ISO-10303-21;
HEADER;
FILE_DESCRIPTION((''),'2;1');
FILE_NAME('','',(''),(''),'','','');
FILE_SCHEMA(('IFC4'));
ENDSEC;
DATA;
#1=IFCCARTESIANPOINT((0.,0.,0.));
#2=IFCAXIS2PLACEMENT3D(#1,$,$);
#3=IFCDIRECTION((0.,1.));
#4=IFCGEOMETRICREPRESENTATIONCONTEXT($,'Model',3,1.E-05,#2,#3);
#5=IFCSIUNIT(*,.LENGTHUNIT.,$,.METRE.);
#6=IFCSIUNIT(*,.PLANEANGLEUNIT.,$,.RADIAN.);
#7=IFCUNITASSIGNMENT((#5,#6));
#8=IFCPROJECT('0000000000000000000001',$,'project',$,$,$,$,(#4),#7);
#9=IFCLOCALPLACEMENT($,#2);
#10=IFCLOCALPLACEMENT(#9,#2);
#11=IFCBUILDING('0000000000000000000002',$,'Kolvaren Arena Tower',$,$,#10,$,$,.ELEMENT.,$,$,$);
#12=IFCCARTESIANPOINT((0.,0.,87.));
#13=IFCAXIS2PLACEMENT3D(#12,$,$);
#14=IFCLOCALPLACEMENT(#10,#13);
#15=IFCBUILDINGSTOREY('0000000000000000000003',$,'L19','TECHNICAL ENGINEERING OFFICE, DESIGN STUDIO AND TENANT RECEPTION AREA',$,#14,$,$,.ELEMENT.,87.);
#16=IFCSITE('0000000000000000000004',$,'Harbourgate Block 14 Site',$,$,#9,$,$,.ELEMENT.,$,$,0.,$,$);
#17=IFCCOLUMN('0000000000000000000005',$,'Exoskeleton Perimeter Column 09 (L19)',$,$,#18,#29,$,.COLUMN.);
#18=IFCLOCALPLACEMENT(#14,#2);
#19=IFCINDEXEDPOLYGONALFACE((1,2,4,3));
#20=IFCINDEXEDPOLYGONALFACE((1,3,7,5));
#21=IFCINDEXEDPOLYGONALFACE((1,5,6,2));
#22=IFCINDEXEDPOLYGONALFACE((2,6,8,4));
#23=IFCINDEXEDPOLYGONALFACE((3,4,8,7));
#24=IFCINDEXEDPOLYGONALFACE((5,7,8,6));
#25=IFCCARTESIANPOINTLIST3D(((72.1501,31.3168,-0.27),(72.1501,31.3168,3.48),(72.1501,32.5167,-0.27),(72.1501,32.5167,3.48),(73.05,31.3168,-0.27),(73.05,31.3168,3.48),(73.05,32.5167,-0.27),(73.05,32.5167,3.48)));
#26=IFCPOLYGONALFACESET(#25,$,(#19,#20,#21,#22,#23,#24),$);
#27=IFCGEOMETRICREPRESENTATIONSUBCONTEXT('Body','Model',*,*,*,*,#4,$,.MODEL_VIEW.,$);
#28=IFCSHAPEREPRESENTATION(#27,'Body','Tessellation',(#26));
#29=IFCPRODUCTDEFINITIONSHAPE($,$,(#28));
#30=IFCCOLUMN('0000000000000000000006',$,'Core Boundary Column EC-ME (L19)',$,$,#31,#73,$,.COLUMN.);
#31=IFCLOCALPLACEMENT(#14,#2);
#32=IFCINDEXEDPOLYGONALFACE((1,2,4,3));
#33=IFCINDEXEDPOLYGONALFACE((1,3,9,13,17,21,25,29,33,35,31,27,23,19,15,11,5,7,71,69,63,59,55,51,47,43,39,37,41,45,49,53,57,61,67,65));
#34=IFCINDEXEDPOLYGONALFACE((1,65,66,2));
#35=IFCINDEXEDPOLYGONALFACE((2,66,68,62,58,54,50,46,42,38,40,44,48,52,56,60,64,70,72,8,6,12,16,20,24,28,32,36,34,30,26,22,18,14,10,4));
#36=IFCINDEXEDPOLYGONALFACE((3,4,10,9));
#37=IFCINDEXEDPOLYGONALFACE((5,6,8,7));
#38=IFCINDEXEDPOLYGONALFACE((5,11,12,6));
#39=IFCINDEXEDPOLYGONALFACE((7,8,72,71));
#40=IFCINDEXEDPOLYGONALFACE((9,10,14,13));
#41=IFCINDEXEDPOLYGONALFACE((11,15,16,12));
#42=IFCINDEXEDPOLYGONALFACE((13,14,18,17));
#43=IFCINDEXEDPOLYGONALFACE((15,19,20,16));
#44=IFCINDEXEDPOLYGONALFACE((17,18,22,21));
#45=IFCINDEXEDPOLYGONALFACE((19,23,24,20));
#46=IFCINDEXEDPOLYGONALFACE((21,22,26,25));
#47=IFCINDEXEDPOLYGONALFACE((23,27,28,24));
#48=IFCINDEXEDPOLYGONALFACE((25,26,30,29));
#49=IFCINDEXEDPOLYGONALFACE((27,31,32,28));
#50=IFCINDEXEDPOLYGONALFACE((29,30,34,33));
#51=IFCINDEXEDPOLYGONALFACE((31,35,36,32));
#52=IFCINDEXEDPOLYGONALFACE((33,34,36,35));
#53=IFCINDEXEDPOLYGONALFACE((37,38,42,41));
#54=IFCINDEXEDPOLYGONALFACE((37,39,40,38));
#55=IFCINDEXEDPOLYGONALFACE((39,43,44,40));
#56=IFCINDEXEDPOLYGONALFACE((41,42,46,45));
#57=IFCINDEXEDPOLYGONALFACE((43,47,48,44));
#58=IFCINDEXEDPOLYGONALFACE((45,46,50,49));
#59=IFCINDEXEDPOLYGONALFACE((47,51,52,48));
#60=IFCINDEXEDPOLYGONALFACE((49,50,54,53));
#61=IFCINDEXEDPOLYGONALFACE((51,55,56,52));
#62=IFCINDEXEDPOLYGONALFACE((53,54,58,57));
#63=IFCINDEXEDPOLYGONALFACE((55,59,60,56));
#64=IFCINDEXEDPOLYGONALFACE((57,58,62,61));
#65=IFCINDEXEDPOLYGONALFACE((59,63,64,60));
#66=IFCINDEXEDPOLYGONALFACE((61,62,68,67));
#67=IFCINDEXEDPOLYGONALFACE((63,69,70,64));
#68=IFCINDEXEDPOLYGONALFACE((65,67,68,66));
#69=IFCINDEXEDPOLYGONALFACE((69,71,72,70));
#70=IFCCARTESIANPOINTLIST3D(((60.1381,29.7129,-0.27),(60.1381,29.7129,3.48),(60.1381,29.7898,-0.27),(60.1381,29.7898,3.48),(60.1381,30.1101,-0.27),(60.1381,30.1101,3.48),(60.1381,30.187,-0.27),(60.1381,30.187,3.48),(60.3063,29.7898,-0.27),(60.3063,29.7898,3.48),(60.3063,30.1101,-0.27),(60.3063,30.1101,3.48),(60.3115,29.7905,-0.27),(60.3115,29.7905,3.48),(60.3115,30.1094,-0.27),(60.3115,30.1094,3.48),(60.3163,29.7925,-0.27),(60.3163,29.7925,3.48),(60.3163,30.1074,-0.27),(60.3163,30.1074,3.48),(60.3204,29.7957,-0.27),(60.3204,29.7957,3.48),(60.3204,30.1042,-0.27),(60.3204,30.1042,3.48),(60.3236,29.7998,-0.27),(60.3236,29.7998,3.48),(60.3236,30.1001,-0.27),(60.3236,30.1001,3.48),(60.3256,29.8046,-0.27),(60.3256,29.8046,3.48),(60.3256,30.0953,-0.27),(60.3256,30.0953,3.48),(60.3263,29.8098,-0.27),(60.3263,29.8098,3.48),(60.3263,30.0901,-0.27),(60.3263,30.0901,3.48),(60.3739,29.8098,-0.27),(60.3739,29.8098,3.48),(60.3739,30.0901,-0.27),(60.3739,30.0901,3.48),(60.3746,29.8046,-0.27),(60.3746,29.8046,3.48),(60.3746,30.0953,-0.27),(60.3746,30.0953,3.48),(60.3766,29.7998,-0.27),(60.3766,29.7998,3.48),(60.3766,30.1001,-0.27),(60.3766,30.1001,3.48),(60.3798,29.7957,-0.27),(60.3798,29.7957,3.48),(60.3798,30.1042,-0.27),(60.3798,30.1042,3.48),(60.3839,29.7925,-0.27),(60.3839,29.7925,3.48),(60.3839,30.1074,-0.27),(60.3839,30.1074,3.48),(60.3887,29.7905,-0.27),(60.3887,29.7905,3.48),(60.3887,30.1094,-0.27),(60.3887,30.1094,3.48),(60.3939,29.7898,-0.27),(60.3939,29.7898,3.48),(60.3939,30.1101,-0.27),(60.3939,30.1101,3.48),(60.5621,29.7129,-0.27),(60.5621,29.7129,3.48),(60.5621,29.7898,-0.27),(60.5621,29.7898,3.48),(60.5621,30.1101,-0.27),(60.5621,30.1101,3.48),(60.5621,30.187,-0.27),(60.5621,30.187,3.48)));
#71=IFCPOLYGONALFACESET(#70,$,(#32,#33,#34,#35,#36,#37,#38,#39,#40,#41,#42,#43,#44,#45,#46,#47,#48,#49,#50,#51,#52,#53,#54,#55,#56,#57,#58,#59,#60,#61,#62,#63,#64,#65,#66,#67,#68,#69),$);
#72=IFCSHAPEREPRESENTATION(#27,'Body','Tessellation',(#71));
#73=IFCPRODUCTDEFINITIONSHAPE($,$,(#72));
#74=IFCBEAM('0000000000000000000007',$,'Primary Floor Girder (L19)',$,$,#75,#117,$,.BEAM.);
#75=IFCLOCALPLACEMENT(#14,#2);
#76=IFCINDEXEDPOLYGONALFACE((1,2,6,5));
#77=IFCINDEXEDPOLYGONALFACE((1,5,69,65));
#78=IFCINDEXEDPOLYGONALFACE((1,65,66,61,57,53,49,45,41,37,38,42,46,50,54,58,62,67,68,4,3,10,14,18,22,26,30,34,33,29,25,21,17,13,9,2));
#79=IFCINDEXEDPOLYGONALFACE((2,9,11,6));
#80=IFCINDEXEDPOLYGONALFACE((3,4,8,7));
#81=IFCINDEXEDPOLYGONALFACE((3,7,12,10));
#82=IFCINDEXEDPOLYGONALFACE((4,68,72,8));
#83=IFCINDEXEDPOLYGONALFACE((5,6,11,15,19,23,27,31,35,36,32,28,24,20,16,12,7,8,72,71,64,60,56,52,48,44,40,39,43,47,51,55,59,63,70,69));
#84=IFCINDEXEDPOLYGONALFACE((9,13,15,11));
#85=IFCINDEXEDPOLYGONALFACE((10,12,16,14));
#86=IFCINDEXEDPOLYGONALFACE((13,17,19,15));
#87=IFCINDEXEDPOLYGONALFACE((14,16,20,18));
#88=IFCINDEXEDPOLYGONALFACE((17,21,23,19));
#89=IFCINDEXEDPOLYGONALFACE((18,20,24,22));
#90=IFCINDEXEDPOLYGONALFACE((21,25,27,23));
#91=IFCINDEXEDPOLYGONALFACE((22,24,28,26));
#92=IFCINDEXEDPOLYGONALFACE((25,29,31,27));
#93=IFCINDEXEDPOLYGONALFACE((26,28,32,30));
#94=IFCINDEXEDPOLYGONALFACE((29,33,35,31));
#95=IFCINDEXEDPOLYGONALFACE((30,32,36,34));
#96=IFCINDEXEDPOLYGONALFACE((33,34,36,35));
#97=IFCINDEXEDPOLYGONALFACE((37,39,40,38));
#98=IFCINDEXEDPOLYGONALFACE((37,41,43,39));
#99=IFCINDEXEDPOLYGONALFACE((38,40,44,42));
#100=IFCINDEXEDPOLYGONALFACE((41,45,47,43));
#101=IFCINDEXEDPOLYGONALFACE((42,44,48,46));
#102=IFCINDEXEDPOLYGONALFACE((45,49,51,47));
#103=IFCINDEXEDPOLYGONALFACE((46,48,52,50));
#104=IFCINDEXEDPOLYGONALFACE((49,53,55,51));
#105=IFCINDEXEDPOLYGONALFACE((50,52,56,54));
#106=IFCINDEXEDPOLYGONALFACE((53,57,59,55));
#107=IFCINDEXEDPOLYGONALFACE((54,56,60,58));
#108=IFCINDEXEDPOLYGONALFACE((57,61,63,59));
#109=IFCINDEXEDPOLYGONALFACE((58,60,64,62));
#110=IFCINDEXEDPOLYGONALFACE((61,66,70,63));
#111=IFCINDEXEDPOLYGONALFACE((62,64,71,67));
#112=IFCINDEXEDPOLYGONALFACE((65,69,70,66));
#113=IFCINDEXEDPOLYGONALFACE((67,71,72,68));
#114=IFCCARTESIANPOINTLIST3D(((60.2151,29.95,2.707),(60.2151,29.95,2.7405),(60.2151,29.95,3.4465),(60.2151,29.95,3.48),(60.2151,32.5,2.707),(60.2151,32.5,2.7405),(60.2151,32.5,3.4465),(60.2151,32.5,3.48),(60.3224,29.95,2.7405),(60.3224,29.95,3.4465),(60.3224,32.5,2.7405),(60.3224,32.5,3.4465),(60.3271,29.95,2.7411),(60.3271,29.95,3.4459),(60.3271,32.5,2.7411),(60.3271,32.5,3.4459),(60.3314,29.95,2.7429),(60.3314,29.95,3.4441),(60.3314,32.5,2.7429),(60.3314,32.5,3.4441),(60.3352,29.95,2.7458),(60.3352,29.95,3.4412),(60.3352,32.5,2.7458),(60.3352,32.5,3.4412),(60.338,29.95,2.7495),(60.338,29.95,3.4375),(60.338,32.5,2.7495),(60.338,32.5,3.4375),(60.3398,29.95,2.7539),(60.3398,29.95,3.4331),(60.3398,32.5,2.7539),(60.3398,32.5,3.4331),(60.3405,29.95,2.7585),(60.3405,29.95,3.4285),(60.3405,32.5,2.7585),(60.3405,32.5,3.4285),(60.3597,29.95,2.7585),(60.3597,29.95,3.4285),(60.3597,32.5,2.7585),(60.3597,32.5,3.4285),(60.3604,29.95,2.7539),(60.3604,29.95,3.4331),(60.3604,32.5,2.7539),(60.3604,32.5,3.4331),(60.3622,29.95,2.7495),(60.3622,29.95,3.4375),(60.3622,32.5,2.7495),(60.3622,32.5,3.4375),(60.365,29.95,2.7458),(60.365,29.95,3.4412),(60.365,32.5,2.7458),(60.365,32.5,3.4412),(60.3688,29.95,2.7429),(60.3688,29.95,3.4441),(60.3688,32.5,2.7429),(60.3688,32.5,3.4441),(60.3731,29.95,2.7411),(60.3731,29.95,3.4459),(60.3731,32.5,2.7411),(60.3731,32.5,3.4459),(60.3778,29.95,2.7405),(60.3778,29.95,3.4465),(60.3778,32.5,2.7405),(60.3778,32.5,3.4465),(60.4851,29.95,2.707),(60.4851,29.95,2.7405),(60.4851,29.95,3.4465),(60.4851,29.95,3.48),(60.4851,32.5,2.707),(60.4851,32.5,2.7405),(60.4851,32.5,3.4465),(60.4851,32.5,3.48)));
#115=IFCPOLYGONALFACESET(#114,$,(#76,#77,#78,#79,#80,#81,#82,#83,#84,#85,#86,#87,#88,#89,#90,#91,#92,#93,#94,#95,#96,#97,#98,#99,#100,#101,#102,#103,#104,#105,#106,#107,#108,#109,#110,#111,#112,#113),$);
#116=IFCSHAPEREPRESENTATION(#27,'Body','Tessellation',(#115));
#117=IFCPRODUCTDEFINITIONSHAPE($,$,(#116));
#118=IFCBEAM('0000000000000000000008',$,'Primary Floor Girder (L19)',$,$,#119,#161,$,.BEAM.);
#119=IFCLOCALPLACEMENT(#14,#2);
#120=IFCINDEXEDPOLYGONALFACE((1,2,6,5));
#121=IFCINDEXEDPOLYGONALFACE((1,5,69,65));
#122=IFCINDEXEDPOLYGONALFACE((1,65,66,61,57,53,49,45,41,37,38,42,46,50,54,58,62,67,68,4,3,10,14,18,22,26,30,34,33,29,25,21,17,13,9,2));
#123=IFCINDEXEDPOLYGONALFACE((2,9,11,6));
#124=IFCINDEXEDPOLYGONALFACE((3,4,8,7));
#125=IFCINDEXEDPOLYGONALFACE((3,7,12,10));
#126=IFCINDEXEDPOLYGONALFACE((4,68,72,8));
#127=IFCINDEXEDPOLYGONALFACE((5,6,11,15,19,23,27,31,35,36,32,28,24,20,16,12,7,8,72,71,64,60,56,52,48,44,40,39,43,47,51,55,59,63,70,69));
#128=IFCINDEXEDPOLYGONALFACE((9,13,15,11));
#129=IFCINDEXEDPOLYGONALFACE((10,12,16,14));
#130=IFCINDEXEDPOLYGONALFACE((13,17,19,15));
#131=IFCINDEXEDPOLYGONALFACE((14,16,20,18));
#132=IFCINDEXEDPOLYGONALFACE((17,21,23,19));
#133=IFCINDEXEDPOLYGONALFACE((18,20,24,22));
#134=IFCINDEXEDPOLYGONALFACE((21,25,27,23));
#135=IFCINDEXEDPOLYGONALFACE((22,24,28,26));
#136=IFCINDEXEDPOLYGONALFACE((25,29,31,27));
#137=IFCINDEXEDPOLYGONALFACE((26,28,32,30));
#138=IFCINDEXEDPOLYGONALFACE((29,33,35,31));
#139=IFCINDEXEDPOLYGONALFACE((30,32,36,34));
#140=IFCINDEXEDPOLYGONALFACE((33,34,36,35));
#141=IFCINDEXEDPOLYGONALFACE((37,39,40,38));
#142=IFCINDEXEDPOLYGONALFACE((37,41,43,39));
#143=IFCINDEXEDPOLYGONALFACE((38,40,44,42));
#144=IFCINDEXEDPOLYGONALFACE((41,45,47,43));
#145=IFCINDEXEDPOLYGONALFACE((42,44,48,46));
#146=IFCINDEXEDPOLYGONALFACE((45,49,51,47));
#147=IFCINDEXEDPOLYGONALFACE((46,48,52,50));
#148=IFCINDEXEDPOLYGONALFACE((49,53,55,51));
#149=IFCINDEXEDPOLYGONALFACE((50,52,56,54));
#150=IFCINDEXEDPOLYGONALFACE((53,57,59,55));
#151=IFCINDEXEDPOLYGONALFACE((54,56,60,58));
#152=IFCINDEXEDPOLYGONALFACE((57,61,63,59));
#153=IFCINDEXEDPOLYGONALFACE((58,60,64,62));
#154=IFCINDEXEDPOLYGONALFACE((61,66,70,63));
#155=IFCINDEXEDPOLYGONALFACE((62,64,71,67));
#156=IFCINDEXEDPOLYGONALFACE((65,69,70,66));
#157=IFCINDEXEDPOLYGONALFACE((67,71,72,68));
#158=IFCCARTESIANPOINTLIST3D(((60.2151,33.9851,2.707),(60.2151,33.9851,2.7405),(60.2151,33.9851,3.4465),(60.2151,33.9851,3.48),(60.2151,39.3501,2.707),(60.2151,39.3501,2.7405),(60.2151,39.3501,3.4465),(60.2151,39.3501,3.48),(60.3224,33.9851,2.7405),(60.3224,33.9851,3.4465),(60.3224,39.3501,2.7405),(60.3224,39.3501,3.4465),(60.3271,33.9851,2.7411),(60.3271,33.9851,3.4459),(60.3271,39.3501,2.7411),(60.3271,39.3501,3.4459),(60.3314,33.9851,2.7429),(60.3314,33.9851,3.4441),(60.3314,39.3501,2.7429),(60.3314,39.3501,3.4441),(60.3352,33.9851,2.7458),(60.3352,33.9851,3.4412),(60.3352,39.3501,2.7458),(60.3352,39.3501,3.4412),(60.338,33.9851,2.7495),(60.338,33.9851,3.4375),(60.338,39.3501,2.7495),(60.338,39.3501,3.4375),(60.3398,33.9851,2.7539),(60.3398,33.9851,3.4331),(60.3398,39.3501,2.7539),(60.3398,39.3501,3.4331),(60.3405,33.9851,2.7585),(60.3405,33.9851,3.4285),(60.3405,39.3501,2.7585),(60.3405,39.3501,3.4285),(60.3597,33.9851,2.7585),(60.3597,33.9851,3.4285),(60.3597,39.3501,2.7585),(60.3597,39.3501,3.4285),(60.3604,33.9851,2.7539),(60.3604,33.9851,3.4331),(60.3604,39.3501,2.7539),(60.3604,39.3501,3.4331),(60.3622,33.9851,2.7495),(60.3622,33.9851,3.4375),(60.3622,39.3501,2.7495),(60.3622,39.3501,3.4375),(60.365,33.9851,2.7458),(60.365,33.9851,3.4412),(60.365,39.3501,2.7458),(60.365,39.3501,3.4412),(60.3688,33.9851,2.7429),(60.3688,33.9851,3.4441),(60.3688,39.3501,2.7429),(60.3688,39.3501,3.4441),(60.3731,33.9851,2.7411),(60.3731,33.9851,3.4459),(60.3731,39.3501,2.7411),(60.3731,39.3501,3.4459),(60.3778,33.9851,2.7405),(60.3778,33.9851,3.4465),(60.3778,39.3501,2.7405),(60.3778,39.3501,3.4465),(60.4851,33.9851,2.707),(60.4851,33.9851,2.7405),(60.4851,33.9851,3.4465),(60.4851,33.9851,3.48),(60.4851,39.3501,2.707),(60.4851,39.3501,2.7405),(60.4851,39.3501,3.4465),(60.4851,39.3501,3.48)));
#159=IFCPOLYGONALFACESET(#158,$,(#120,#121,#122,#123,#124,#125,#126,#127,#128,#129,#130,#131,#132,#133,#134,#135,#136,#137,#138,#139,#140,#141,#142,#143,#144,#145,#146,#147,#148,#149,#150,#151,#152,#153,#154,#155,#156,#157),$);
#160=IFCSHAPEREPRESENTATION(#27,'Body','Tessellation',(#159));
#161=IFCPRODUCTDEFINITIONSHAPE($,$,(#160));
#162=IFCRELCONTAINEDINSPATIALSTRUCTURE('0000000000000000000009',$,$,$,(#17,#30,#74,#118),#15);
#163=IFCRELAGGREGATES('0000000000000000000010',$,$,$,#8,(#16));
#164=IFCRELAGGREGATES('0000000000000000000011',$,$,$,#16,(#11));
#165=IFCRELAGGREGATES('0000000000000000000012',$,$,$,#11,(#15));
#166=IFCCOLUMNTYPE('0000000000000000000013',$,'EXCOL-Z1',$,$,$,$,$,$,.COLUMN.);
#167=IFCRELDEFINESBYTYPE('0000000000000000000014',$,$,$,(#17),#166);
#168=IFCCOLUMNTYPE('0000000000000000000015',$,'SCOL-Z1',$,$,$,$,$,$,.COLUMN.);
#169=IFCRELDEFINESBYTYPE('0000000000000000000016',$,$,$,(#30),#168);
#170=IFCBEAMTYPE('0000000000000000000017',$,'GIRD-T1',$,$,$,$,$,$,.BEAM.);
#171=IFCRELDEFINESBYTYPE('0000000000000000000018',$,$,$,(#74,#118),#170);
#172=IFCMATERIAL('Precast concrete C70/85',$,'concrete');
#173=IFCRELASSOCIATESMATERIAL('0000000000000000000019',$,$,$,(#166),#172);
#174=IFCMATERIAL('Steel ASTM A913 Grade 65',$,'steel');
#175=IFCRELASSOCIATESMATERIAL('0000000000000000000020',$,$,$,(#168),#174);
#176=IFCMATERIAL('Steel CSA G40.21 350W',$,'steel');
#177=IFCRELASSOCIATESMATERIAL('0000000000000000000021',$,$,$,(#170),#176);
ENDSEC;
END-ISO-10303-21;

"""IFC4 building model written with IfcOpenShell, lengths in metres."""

from ifc_helpers import new_model, si_unit, direction, frame, origin, origin_2d, place, context, subcontext, project, spatial, rectangle, i_section, extrude, material, material_profile, profile_set, type_object, element, save


model = new_model("IFC4")

# Units and contexts
model_context = context("Model", 3, precision=1e-05, world=origin(), true_north=direction((0.0, 1.0)))
body_context = subcontext(model_context, "Body", "Model", "MODEL_VIEW")
ifc_project = project(units=[si_unit("LENGTHUNIT", "METRE"), si_unit("PLANEANGLEUNIT", "RADIAN")], contexts=[model_context])

# Site, building, storey
site_placement = place(None, origin())
site = spatial("IfcSite", under=ifc_project, at=site_placement, Name="Harbourgate Block 14 Site", CompositionType="ELEMENT", RefElevation=0.0)
building_placement = place(site_placement, origin())
building = spatial("IfcBuilding", under=site, at=building_placement, Name="Kolvaren Arena Tower", CompositionType="ELEMENT")
storey_placement = place(building_placement, frame((0.0, 0.0, 87.0)))
storey = spatial("IfcBuildingStorey", under=building, at=storey_placement, Name="L19", Description="TECHNICAL ENGINEERING OFFICE, DESIGN STUDIO AND TENANT RECEPTION AREA", CompositionType="ELEMENT", Elevation=87.0)

# Columns
ifc_material_1 = material(Name="Precast concrete C70/85", Category="concrete")
ifc_material_profile_1 = material_profile(ifc_material_1, rectangle(XDim=1.2, YDim=0.8999, at=origin_2d()), Name="RC-1200x900")
ifc_profile_set_1 = profile_set([ifc_material_profile_1], Name="Precast concrete C70/85")
column_type_1 = type_object("IfcColumnType", Name="EXCOL-Z1", PredefinedType="COLUMN", material=ifc_profile_set_1)
column_1_placement = place(storey_placement, frame((72.6001, 31.9167, -0.27), z_axis=(0.0, 0.0, 1.0), x_axis=(0.0, 1.0, 0.0)))
element("IfcColumn", 1, at=column_1_placement, inside=storey, type_object=column_type_1, Name="Exoskeleton Perimeter Column 09 (L19)", PredefinedType="COLUMN", context=body_context, shape_type="SweptSolid", body=[
    extrude(rectangle(XDim=1.2, YDim=0.8999, at=origin_2d()), origin(), (0.0, 0.0, 1.0), 3.75),
])
ifc_material_2 = material(Name="Steel ASTM A913 Grade 65", Category="steel")
ifc_material_profile_2 = material_profile(ifc_material_2, i_section(OverallWidth=0.4241, OverallDepth=0.4741, WebThickness=0.0476, FlangeThickness=0.0769, FilletRadius=0.02, at=origin_2d()), Name="W360x634")
ifc_profile_set_2 = profile_set([ifc_material_profile_2], Name="Steel ASTM A913 Grade 65")
column_type_2 = type_object("IfcColumnType", Name="SCOL-Z1", PredefinedType="COLUMN", material=ifc_profile_set_2)
column_2_placement = place(storey_placement, frame((60.3501, 29.95, -0.27), z_axis=(0.0, 0.0, 1.0), x_axis=(1.0, 0.0, 0.0)))
element("IfcColumn", 2, at=column_2_placement, inside=storey, type_object=column_type_2, Name="Core Boundary Column EC-ME (L19)", PredefinedType="COLUMN", context=body_context, shape_type="SweptSolid", body=[
    extrude(i_section(OverallWidth=0.4241, OverallDepth=0.4741, WebThickness=0.0476, FlangeThickness=0.0769, FilletRadius=0.02, at=origin_2d()), origin(), (0.0, 0.0, 1.0), 3.75),
])

# Beams
ifc_material_3 = material(Name="Steel CSA G40.21 350W", Category="steel")
ifc_material_profile_3 = material_profile(ifc_material_3, i_section(OverallWidth=0.27, OverallDepth=0.7729, WebThickness=0.0193, FlangeThickness=0.0334, FilletRadius=0.0181, at=origin_2d()), Name="W760x257")
ifc_profile_set_3 = profile_set([ifc_material_profile_3], Name="Steel CSA G40.21 350W")
beam_type_1 = type_object("IfcBeamType", Name="GIRD-T1", PredefinedType="BEAM", material=ifc_profile_set_3)
beam_1_placement = place(storey_placement, frame((60.3501, 29.95, 3.0935), z_axis=(0.0, 1.0, 0.0), x_axis=(-1.0, 0.0, 0.0)))
element("IfcBeam", 3, at=beam_1_placement, inside=storey, type_object=beam_type_1, Name="Primary Floor Girder (L19)", PredefinedType="BEAM", context=body_context, shape_type="SweptSolid", body=[
    extrude(i_section(OverallWidth=0.27, OverallDepth=0.7729, WebThickness=0.0193, FlangeThickness=0.0334, FilletRadius=0.0181, at=origin_2d()), origin(), (0.0, 0.0, 1.0), 2.55),
])
beam_2_placement = place(storey_placement, frame((60.3501, 33.9851, 3.0935), z_axis=(0.0, 1.0, 0.0), x_axis=(-1.0, 0.0, 0.0)))
element("IfcBeam", 4, at=beam_2_placement, inside=storey, type_object=beam_type_1, Name="Primary Floor Girder (L19)", PredefinedType="BEAM", context=body_context, shape_type="SweptSolid", body=[
    extrude(i_section(OverallWidth=0.27, OverallDepth=0.7729, WebThickness=0.0193, FlangeThickness=0.0334, FilletRadius=0.0181, at=origin_2d()), origin(), (0.0, 0.0, 1.0), 5.365),
])

save(model, "model.ifc")
